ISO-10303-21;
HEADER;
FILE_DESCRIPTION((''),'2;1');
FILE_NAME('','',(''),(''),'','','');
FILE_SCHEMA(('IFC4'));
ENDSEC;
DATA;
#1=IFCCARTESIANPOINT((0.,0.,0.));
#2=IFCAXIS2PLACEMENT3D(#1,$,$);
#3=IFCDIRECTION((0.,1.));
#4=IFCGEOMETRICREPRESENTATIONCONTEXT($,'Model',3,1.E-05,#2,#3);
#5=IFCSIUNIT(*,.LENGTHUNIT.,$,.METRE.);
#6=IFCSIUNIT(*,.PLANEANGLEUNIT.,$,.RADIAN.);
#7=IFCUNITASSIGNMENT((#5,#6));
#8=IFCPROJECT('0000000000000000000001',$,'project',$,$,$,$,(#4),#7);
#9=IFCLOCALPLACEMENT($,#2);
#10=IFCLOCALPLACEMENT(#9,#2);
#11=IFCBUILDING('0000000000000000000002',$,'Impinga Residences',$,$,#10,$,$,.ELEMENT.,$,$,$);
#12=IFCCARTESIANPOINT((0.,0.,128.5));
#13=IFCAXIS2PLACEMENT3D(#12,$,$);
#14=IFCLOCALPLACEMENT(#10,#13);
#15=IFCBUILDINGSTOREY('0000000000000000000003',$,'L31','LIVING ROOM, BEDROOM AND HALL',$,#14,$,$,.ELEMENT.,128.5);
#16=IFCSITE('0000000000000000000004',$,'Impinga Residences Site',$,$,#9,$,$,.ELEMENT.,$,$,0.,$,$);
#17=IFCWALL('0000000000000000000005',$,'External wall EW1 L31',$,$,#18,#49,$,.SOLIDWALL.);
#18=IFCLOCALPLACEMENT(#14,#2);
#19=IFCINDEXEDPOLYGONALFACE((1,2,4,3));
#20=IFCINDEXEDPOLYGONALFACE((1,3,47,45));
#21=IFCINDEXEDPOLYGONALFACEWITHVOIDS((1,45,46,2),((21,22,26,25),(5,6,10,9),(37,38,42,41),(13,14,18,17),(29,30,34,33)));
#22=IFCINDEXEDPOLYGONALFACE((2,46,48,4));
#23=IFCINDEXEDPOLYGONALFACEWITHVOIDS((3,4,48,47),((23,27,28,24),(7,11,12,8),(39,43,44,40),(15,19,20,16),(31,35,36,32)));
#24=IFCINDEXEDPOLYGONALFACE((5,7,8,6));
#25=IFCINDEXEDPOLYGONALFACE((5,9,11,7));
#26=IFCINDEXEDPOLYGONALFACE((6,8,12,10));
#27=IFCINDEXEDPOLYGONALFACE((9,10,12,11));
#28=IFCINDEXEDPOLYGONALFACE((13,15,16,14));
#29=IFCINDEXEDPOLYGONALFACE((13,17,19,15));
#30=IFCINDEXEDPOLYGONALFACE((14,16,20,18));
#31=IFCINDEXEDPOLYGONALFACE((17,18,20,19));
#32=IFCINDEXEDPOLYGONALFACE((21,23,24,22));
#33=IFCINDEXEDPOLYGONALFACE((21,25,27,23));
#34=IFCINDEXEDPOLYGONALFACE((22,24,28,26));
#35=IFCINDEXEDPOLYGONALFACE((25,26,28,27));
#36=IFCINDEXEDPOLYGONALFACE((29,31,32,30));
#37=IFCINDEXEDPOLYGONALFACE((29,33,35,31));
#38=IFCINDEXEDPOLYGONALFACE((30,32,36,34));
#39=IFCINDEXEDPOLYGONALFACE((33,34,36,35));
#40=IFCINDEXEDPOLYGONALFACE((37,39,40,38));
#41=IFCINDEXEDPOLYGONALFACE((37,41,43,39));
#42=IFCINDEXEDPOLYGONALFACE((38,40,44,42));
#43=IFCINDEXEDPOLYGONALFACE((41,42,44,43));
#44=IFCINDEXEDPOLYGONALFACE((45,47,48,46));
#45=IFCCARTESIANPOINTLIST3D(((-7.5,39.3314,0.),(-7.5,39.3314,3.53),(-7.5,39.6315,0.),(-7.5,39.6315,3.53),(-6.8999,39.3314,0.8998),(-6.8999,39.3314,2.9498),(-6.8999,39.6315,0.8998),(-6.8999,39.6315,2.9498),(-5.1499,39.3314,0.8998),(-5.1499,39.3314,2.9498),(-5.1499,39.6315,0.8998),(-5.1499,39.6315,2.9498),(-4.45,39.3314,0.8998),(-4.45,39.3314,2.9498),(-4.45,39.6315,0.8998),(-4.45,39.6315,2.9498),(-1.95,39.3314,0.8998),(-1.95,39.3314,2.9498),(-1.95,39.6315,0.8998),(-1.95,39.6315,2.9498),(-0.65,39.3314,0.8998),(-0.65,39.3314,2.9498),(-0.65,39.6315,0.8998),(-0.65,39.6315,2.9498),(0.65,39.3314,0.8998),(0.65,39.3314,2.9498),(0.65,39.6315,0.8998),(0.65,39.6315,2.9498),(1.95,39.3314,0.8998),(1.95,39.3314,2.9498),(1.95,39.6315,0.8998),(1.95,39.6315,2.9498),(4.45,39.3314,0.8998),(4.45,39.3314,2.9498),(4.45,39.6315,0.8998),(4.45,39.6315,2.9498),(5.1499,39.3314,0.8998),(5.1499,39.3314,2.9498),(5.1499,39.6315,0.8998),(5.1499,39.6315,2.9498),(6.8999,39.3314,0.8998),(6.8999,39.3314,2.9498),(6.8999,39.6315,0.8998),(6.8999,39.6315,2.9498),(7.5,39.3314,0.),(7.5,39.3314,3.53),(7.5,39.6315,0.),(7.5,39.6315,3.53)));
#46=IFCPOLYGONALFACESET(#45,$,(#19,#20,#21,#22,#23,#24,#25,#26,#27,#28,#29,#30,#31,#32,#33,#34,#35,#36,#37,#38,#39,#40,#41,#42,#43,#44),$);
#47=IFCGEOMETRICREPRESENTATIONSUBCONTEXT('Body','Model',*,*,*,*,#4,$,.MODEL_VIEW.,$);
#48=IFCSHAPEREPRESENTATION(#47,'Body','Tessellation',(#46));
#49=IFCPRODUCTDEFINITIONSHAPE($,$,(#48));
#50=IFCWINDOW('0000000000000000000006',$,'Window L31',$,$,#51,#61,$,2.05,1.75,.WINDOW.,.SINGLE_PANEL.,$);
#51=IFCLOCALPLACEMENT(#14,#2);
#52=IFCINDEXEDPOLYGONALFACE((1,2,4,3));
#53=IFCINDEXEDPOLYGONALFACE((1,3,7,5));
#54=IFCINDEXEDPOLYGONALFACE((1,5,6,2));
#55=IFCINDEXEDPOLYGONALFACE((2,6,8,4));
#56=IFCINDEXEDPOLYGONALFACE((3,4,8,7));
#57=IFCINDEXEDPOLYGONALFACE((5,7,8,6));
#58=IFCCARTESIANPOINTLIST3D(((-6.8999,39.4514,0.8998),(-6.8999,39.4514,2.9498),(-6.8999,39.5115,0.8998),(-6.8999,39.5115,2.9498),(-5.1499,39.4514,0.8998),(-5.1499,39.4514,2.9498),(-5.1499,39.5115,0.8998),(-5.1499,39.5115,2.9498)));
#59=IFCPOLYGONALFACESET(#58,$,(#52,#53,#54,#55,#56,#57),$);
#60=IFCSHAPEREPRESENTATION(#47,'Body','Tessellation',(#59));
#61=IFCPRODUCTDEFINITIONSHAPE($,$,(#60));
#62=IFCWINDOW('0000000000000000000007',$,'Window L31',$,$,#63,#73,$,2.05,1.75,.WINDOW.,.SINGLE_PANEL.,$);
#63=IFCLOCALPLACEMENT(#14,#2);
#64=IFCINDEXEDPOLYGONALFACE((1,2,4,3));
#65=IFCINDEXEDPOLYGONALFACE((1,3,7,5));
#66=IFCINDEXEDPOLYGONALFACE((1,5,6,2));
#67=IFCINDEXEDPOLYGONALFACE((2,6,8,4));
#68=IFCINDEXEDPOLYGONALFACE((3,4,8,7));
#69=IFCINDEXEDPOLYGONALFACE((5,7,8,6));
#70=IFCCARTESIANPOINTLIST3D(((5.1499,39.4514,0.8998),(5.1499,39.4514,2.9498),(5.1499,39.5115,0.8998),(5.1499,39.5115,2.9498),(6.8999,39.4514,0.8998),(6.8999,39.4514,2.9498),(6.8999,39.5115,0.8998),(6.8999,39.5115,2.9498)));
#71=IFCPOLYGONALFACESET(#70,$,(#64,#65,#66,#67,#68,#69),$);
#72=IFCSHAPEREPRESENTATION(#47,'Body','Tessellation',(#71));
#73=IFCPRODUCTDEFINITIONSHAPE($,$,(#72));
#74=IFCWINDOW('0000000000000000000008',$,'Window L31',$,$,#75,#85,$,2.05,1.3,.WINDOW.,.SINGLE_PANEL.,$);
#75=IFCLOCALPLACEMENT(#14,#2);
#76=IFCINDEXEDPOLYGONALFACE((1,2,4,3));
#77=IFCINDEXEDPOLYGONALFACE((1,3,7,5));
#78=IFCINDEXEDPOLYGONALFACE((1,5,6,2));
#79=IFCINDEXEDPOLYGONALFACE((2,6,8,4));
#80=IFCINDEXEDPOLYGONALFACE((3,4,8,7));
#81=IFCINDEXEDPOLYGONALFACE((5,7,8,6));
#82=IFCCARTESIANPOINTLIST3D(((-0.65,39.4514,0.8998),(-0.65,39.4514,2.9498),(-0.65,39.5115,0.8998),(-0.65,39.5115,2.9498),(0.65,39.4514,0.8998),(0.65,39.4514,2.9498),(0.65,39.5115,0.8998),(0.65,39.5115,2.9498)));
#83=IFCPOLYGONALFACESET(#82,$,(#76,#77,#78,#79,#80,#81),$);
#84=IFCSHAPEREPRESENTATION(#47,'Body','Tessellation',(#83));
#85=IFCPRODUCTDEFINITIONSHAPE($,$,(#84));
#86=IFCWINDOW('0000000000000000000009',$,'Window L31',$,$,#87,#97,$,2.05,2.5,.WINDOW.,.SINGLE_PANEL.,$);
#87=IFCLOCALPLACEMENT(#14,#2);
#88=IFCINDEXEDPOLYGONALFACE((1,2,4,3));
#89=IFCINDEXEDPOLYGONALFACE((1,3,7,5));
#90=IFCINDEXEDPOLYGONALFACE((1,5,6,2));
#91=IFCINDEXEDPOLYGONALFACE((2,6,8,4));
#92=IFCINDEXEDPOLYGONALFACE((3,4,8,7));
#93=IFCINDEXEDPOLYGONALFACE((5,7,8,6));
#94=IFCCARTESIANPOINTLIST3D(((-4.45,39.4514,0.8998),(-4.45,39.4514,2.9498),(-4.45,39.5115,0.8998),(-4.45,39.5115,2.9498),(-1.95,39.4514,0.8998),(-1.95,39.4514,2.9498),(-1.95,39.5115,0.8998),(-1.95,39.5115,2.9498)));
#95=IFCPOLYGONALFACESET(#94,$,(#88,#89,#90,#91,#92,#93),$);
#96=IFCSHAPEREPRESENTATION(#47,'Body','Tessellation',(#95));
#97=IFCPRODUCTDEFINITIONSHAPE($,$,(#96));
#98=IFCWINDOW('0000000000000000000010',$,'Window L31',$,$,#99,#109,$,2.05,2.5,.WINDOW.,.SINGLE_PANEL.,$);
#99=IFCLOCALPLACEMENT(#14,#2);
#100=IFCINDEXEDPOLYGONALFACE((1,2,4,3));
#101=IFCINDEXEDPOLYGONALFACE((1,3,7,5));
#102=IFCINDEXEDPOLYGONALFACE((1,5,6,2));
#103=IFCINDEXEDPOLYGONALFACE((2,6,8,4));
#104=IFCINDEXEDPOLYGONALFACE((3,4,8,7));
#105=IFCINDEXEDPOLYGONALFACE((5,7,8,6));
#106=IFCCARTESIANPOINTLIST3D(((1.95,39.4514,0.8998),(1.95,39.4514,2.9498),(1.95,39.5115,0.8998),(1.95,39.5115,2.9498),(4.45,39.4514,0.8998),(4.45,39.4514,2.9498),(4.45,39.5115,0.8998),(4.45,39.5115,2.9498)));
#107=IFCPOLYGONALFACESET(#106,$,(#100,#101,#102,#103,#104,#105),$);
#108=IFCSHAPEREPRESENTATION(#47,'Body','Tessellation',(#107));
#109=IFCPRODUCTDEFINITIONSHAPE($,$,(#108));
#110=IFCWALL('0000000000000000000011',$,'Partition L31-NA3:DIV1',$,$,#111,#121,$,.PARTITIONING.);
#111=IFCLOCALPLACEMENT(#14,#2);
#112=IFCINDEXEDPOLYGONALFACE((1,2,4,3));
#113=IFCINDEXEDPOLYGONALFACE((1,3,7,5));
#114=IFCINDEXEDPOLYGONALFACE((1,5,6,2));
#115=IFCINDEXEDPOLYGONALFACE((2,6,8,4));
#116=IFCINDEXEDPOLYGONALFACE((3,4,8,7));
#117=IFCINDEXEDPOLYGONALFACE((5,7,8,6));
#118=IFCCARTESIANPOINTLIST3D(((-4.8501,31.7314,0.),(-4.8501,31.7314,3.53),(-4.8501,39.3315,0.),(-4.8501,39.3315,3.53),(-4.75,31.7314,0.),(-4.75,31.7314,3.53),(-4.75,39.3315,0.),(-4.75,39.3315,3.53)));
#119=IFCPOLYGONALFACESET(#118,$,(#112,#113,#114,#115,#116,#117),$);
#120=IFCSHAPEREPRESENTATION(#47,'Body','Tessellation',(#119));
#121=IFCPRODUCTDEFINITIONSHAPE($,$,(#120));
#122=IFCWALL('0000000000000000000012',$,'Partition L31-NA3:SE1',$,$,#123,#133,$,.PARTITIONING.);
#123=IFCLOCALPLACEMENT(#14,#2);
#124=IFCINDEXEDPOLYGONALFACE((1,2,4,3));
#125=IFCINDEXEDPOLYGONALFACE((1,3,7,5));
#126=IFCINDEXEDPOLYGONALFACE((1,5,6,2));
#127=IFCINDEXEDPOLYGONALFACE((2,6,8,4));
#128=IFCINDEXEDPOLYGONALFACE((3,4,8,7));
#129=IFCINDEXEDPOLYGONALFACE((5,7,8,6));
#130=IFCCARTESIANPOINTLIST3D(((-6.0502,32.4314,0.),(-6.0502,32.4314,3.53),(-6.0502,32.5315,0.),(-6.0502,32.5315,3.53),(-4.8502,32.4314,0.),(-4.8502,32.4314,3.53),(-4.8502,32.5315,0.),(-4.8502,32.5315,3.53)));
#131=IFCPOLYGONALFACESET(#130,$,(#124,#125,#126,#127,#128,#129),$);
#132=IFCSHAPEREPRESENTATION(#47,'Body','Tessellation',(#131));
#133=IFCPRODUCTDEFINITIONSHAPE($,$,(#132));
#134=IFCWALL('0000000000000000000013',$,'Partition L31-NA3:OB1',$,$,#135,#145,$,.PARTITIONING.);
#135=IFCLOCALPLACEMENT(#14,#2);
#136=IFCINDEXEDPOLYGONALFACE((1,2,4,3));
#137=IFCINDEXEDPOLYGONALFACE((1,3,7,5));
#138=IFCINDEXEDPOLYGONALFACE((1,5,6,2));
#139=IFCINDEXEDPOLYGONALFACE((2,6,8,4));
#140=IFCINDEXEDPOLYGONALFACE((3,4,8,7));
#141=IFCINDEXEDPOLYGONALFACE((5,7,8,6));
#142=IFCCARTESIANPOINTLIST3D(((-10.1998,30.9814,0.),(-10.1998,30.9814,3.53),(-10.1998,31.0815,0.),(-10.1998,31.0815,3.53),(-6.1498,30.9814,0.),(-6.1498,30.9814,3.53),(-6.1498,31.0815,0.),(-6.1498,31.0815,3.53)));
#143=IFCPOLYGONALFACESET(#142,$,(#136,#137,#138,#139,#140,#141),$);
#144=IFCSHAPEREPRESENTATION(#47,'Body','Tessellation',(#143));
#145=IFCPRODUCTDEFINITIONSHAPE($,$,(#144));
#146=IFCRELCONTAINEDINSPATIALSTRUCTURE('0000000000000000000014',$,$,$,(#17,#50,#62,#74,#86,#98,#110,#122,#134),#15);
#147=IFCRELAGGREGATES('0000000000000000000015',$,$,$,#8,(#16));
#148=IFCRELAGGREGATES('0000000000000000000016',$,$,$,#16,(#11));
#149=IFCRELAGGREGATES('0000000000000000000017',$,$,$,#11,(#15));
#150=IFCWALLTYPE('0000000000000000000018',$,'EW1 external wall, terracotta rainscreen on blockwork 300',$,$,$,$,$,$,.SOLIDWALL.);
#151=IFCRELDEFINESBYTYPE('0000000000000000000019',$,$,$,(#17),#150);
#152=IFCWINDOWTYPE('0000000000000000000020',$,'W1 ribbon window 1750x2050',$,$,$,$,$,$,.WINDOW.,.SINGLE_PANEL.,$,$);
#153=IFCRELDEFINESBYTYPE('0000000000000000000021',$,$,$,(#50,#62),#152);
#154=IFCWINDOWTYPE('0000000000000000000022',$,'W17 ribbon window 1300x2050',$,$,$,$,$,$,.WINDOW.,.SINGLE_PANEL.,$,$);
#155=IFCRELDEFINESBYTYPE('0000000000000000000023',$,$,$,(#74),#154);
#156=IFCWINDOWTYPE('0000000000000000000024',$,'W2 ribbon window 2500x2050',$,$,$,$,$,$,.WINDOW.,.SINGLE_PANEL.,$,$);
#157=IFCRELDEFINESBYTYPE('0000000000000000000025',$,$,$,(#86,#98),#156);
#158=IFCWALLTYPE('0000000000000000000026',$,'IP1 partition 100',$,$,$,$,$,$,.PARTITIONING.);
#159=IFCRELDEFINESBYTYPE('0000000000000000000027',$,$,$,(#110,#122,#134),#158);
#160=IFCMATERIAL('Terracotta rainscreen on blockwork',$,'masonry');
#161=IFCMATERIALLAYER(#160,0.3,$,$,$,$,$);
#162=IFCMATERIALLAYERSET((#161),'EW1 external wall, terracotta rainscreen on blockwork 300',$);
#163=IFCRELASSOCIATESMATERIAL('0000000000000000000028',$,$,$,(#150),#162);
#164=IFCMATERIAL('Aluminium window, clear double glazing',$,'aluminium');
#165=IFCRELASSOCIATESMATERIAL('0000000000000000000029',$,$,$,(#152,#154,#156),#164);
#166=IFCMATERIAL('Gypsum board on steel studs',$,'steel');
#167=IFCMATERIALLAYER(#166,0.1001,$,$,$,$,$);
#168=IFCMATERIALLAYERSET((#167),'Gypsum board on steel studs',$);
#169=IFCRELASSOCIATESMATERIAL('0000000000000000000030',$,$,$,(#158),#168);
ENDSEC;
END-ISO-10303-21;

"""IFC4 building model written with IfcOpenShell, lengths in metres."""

from ifc_helpers import new_model, si_unit, direction, frame, frame_2d, origin, place, context, subcontext, project, spatial, rectangle, extrude, material, layer, layer_set, type_object, element, fill, save


model = new_model("IFC4")

# Units and contexts
model_context = context("Model", 3, precision=1e-05, world=origin(), true_north=direction((0.0, 1.0)))
body_context = subcontext(model_context, "Body", "Model", "MODEL_VIEW")
ifc_project = project(units=[si_unit("LENGTHUNIT", "METRE"), si_unit("PLANEANGLEUNIT", "RADIAN")], contexts=[model_context])

# Site, building, storey
site_placement = place(None, origin())
site = spatial("IfcSite", under=ifc_project, at=site_placement, Name="Impinga Residences Site", CompositionType="ELEMENT", RefElevation=0.0)
building_placement = place(site_placement, origin())
building = spatial("IfcBuilding", under=site, at=building_placement, Name="Impinga Residences", CompositionType="ELEMENT")
storey_placement = place(building_placement, frame((0.0, 0.0, 128.5)))
storey = spatial("IfcBuildingStorey", under=building, at=storey_placement, Name="L31", Description="LIVING ROOM, BEDROOM AND HALL", CompositionType="ELEMENT", Elevation=128.5)

# Shared definitions
ifc_material_1 = material(Name="Terracotta rainscreen on blockwork", Category="masonry")
ifc_layer_1 = layer(ifc_material_1, 0.3)
ifc_layer_set_1 = layer_set([ifc_layer_1], Name="EW1 external wall, terracotta rainscreen on blockwork 300")
wall_type_1 = type_object("IfcWallType", Name="EW1 external wall, terracotta rainscreen on blockwork 300", PredefinedType="SOLIDWALL", material=ifc_layer_set_1)

# Wall, openings, windows
wall_1_placement = place(storey_placement, frame((-7.5, 39.4814, 0.0), z_axis=(0.0, 0.0, 1.0), x_axis=(1.0, 0.0, 0.0)))
wall_1 = element("IfcWall", 1, at=wall_1_placement, inside=storey, type_object=wall_type_1, Name="External wall EW1 L31", PredefinedType="SOLIDWALL", context=body_context, shape_type="SweptSolid", body=[
    extrude(rectangle(XDim=15.0, YDim=0.3, at=frame_2d((7.5, 0.0))), origin(), (0.0, 0.0, 1.0), 3.53),
])
opening_1_placement = place(wall_1_placement, frame((0.6001, 0.0, 0.8999)))
opening_1 = element("IfcOpeningElement", 2, at=opening_1_placement, cuts=wall_1, PredefinedType="OPENING", context=body_context, shape_type="SweptSolid", body=[
    extrude(rectangle(XDim=1.75, YDim=2.05, at=frame_2d((0.875, 1.0249))), frame((0.0, 0.1599, 0.0), z_axis=(0.0, -1.0, 0.0), x_axis=(1.0, 0.0, 0.0)), (0.0, 0.0, 1.0), 0.3201),
])
opening_2_placement = place(wall_1_placement, frame((3.05, 0.0, 0.8999)))
opening_2 = element("IfcOpeningElement", 3, at=opening_2_placement, cuts=wall_1, PredefinedType="OPENING", context=body_context, shape_type="SweptSolid", body=[
    extrude(rectangle(XDim=2.5, YDim=2.05, at=frame_2d((1.25, 1.0249))), frame((0.0, 0.1599, 0.0), z_axis=(0.0, -1.0, 0.0), x_axis=(1.0, 0.0, 0.0)), (0.0, 0.0, 1.0), 0.3201),
])
opening_3_placement = place(wall_1_placement, frame((6.8501, 0.0, 0.8999)))
opening_3 = element("IfcOpeningElement", 4, at=opening_3_placement, cuts=wall_1, PredefinedType="OPENING", context=body_context, shape_type="SweptSolid", body=[
    extrude(rectangle(XDim=1.3, YDim=2.05, at=frame_2d((0.6499, 1.0249))), frame((0.0, 0.1599, 0.0), z_axis=(0.0, -1.0, 0.0), x_axis=(1.0, 0.0, 0.0)), (0.0, 0.0, 1.0), 0.3201),
])
opening_4_placement = place(wall_1_placement, frame((9.45, 0.0, 0.8999)))
opening_4 = element("IfcOpeningElement", 5, at=opening_4_placement, cuts=wall_1, PredefinedType="OPENING", context=body_context, shape_type="SweptSolid", body=[
    extrude(rectangle(XDim=2.5, YDim=2.05, at=frame_2d((1.25, 1.0249))), frame((0.0, 0.1599, 0.0), z_axis=(0.0, -1.0, 0.0), x_axis=(1.0, 0.0, 0.0)), (0.0, 0.0, 1.0), 0.3201),
])
opening_5_placement = place(wall_1_placement, frame((12.6499, 0.0, 0.8999)))
opening_5 = element("IfcOpeningElement", 6, at=opening_5_placement, cuts=wall_1, PredefinedType="OPENING", context=body_context, shape_type="SweptSolid", body=[
    extrude(rectangle(XDim=1.75, YDim=2.05, at=frame_2d((0.875, 1.0249))), frame((0.0, 0.1599, 0.0), z_axis=(0.0, -1.0, 0.0), x_axis=(1.0, 0.0, 0.0)), (0.0, 0.0, 1.0), 0.3201),
])
ifc_material_2 = material(Name="Aluminium window, clear double glazing", Category="aluminium")
window_type_1 = type_object("IfcWindowType", Name="W1 ribbon window 1750x2050", PartitioningType="SINGLE_PANEL", PredefinedType="WINDOW", material=ifc_material_2)
window_1_placement = place(opening_1_placement, origin())
window_1 = element("IfcWindow", 7, at=window_1_placement, inside=storey, type_object=window_type_1, Name="Window L31", OverallHeight=2.05, OverallWidth=1.75, PartitioningType="SINGLE_PANEL", PredefinedType="WINDOW", context=body_context, shape_type="SweptSolid", body=[
    extrude(rectangle(XDim=1.75, YDim=2.05, at=frame_2d((0.875, 1.0249))), frame((0.0, 0.03, 0.0), z_axis=(0.0, -1.0, 0.0), x_axis=(1.0, 0.0, 0.0)), (0.0, 0.0, 1.0), 0.0601),
])
fill(opening_1, window_1)
window_2_placement = place(opening_5_placement, origin())
window_2 = element("IfcWindow", 8, at=window_2_placement, inside=storey, type_object=window_type_1, Name="Window L31", OverallHeight=2.05, OverallWidth=1.75, PartitioningType="SINGLE_PANEL", PredefinedType="WINDOW", context=body_context, shape_type="SweptSolid", body=[
    extrude(rectangle(XDim=1.75, YDim=2.05, at=frame_2d((0.875, 1.0249))), frame((0.0, 0.03, 0.0), z_axis=(0.0, -1.0, 0.0), x_axis=(1.0, 0.0, 0.0)), (0.0, 0.0, 1.0), 0.0601),
])
fill(opening_5, window_2)
window_type_2 = type_object("IfcWindowType", Name="W17 ribbon window 1300x2050", PartitioningType="SINGLE_PANEL", PredefinedType="WINDOW", material=ifc_material_2)
window_3_placement = place(opening_3_placement, origin())
window_3 = element("IfcWindow", 9, at=window_3_placement, inside=storey, type_object=window_type_2, Name="Window L31", OverallHeight=2.05, OverallWidth=1.3, PartitioningType="SINGLE_PANEL", PredefinedType="WINDOW", context=body_context, shape_type="SweptSolid", body=[
    extrude(rectangle(XDim=1.3, YDim=2.05, at=frame_2d((0.6499, 1.0249))), frame((0.0, 0.03, 0.0), z_axis=(0.0, -1.0, 0.0), x_axis=(1.0, 0.0, 0.0)), (0.0, 0.0, 1.0), 0.0601),
])
fill(opening_3, window_3)
window_type_3 = type_object("IfcWindowType", Name="W2 ribbon window 2500x2050", PartitioningType="SINGLE_PANEL", PredefinedType="WINDOW", material=ifc_material_2)
window_4_placement = place(opening_2_placement, origin())
window_4 = element("IfcWindow", 10, at=window_4_placement, inside=storey, type_object=window_type_3, Name="Window L31", OverallHeight=2.05, OverallWidth=2.5, PartitioningType="SINGLE_PANEL", PredefinedType="WINDOW", context=body_context, shape_type="SweptSolid", body=[
    extrude(rectangle(XDim=2.5, YDim=2.05, at=frame_2d((1.25, 1.0249))), frame((0.0, 0.03, 0.0), z_axis=(0.0, -1.0, 0.0), x_axis=(1.0, 0.0, 0.0)), (0.0, 0.0, 1.0), 0.0601),
])
fill(opening_2, window_4)
window_5_placement = place(opening_4_placement, origin())
window_5 = element("IfcWindow", 11, at=window_5_placement, inside=storey, type_object=window_type_3, Name="Window L31", OverallHeight=2.05, OverallWidth=2.5, PartitioningType="SINGLE_PANEL", PredefinedType="WINDOW", context=body_context, shape_type="SweptSolid", body=[
    extrude(rectangle(XDim=2.5, YDim=2.05, at=frame_2d((1.25, 1.0249))), frame((0.0, 0.03, 0.0), z_axis=(0.0, -1.0, 0.0), x_axis=(1.0, 0.0, 0.0)), (0.0, 0.0, 1.0), 0.0601),
])
fill(opening_4, window_5)

# Walls
ifc_material_3 = material(Name="Gypsum board on steel studs", Category="steel")
ifc_layer_2 = layer(ifc_material_3, 0.1001)
ifc_layer_set_2 = layer_set([ifc_layer_2], Name="Gypsum board on steel studs")
wall_type_2 = type_object("IfcWallType", Name="IP1 partition 100", PredefinedType="PARTITIONING", material=ifc_layer_set_2)
wall_2_placement = place(storey_placement, frame((-4.8, 31.7314, 0.0), z_axis=(0.0, 0.0, 1.0), x_axis=(0.0, 1.0, 0.0)))
element("IfcWall", 12, at=wall_2_placement, inside=storey, type_object=wall_type_2, Name="Partition L31-NA3:DIV1", PredefinedType="PARTITIONING", context=body_context, shape_type="SweptSolid", body=[
    extrude(rectangle(XDim=7.6001, YDim=0.1001, at=frame_2d((3.8, 0.0))), origin(), (0.0, 0.0, 1.0), 3.53),
])
wall_3_placement = place(storey_placement, frame((-4.8501, 32.4814, 0.0), z_axis=(0.0, 0.0, 1.0), x_axis=(-1.0, 0.0, 0.0)))
element("IfcWall", 13, at=wall_3_placement, inside=storey, type_object=wall_type_2, Name="Partition L31-NA3:SE1", PredefinedType="PARTITIONING", context=body_context, shape_type="SweptSolid", body=[
    extrude(rectangle(XDim=1.2, YDim=0.1001, at=frame_2d((0.6001, 0.0))), origin(), (0.0, 0.0, 1.0), 3.53),
])
wall_4_placement = place(storey_placement, frame((-6.1499, 31.0315, 0.0), z_axis=(0.0, 0.0, 1.0), x_axis=(-1.0, 0.0, 0.0)))
element("IfcWall", 14, at=wall_4_placement, inside=storey, type_object=wall_type_2, Name="Partition L31-NA3:OB1", PredefinedType="PARTITIONING", context=body_context, shape_type="SweptSolid", body=[
    extrude(rectangle(XDim=4.05, YDim=0.1001, at=frame_2d((2.0249, 0.0))), origin(), (0.0, 0.0, 1.0), 3.53),
])

save(model, "model.ifc")
